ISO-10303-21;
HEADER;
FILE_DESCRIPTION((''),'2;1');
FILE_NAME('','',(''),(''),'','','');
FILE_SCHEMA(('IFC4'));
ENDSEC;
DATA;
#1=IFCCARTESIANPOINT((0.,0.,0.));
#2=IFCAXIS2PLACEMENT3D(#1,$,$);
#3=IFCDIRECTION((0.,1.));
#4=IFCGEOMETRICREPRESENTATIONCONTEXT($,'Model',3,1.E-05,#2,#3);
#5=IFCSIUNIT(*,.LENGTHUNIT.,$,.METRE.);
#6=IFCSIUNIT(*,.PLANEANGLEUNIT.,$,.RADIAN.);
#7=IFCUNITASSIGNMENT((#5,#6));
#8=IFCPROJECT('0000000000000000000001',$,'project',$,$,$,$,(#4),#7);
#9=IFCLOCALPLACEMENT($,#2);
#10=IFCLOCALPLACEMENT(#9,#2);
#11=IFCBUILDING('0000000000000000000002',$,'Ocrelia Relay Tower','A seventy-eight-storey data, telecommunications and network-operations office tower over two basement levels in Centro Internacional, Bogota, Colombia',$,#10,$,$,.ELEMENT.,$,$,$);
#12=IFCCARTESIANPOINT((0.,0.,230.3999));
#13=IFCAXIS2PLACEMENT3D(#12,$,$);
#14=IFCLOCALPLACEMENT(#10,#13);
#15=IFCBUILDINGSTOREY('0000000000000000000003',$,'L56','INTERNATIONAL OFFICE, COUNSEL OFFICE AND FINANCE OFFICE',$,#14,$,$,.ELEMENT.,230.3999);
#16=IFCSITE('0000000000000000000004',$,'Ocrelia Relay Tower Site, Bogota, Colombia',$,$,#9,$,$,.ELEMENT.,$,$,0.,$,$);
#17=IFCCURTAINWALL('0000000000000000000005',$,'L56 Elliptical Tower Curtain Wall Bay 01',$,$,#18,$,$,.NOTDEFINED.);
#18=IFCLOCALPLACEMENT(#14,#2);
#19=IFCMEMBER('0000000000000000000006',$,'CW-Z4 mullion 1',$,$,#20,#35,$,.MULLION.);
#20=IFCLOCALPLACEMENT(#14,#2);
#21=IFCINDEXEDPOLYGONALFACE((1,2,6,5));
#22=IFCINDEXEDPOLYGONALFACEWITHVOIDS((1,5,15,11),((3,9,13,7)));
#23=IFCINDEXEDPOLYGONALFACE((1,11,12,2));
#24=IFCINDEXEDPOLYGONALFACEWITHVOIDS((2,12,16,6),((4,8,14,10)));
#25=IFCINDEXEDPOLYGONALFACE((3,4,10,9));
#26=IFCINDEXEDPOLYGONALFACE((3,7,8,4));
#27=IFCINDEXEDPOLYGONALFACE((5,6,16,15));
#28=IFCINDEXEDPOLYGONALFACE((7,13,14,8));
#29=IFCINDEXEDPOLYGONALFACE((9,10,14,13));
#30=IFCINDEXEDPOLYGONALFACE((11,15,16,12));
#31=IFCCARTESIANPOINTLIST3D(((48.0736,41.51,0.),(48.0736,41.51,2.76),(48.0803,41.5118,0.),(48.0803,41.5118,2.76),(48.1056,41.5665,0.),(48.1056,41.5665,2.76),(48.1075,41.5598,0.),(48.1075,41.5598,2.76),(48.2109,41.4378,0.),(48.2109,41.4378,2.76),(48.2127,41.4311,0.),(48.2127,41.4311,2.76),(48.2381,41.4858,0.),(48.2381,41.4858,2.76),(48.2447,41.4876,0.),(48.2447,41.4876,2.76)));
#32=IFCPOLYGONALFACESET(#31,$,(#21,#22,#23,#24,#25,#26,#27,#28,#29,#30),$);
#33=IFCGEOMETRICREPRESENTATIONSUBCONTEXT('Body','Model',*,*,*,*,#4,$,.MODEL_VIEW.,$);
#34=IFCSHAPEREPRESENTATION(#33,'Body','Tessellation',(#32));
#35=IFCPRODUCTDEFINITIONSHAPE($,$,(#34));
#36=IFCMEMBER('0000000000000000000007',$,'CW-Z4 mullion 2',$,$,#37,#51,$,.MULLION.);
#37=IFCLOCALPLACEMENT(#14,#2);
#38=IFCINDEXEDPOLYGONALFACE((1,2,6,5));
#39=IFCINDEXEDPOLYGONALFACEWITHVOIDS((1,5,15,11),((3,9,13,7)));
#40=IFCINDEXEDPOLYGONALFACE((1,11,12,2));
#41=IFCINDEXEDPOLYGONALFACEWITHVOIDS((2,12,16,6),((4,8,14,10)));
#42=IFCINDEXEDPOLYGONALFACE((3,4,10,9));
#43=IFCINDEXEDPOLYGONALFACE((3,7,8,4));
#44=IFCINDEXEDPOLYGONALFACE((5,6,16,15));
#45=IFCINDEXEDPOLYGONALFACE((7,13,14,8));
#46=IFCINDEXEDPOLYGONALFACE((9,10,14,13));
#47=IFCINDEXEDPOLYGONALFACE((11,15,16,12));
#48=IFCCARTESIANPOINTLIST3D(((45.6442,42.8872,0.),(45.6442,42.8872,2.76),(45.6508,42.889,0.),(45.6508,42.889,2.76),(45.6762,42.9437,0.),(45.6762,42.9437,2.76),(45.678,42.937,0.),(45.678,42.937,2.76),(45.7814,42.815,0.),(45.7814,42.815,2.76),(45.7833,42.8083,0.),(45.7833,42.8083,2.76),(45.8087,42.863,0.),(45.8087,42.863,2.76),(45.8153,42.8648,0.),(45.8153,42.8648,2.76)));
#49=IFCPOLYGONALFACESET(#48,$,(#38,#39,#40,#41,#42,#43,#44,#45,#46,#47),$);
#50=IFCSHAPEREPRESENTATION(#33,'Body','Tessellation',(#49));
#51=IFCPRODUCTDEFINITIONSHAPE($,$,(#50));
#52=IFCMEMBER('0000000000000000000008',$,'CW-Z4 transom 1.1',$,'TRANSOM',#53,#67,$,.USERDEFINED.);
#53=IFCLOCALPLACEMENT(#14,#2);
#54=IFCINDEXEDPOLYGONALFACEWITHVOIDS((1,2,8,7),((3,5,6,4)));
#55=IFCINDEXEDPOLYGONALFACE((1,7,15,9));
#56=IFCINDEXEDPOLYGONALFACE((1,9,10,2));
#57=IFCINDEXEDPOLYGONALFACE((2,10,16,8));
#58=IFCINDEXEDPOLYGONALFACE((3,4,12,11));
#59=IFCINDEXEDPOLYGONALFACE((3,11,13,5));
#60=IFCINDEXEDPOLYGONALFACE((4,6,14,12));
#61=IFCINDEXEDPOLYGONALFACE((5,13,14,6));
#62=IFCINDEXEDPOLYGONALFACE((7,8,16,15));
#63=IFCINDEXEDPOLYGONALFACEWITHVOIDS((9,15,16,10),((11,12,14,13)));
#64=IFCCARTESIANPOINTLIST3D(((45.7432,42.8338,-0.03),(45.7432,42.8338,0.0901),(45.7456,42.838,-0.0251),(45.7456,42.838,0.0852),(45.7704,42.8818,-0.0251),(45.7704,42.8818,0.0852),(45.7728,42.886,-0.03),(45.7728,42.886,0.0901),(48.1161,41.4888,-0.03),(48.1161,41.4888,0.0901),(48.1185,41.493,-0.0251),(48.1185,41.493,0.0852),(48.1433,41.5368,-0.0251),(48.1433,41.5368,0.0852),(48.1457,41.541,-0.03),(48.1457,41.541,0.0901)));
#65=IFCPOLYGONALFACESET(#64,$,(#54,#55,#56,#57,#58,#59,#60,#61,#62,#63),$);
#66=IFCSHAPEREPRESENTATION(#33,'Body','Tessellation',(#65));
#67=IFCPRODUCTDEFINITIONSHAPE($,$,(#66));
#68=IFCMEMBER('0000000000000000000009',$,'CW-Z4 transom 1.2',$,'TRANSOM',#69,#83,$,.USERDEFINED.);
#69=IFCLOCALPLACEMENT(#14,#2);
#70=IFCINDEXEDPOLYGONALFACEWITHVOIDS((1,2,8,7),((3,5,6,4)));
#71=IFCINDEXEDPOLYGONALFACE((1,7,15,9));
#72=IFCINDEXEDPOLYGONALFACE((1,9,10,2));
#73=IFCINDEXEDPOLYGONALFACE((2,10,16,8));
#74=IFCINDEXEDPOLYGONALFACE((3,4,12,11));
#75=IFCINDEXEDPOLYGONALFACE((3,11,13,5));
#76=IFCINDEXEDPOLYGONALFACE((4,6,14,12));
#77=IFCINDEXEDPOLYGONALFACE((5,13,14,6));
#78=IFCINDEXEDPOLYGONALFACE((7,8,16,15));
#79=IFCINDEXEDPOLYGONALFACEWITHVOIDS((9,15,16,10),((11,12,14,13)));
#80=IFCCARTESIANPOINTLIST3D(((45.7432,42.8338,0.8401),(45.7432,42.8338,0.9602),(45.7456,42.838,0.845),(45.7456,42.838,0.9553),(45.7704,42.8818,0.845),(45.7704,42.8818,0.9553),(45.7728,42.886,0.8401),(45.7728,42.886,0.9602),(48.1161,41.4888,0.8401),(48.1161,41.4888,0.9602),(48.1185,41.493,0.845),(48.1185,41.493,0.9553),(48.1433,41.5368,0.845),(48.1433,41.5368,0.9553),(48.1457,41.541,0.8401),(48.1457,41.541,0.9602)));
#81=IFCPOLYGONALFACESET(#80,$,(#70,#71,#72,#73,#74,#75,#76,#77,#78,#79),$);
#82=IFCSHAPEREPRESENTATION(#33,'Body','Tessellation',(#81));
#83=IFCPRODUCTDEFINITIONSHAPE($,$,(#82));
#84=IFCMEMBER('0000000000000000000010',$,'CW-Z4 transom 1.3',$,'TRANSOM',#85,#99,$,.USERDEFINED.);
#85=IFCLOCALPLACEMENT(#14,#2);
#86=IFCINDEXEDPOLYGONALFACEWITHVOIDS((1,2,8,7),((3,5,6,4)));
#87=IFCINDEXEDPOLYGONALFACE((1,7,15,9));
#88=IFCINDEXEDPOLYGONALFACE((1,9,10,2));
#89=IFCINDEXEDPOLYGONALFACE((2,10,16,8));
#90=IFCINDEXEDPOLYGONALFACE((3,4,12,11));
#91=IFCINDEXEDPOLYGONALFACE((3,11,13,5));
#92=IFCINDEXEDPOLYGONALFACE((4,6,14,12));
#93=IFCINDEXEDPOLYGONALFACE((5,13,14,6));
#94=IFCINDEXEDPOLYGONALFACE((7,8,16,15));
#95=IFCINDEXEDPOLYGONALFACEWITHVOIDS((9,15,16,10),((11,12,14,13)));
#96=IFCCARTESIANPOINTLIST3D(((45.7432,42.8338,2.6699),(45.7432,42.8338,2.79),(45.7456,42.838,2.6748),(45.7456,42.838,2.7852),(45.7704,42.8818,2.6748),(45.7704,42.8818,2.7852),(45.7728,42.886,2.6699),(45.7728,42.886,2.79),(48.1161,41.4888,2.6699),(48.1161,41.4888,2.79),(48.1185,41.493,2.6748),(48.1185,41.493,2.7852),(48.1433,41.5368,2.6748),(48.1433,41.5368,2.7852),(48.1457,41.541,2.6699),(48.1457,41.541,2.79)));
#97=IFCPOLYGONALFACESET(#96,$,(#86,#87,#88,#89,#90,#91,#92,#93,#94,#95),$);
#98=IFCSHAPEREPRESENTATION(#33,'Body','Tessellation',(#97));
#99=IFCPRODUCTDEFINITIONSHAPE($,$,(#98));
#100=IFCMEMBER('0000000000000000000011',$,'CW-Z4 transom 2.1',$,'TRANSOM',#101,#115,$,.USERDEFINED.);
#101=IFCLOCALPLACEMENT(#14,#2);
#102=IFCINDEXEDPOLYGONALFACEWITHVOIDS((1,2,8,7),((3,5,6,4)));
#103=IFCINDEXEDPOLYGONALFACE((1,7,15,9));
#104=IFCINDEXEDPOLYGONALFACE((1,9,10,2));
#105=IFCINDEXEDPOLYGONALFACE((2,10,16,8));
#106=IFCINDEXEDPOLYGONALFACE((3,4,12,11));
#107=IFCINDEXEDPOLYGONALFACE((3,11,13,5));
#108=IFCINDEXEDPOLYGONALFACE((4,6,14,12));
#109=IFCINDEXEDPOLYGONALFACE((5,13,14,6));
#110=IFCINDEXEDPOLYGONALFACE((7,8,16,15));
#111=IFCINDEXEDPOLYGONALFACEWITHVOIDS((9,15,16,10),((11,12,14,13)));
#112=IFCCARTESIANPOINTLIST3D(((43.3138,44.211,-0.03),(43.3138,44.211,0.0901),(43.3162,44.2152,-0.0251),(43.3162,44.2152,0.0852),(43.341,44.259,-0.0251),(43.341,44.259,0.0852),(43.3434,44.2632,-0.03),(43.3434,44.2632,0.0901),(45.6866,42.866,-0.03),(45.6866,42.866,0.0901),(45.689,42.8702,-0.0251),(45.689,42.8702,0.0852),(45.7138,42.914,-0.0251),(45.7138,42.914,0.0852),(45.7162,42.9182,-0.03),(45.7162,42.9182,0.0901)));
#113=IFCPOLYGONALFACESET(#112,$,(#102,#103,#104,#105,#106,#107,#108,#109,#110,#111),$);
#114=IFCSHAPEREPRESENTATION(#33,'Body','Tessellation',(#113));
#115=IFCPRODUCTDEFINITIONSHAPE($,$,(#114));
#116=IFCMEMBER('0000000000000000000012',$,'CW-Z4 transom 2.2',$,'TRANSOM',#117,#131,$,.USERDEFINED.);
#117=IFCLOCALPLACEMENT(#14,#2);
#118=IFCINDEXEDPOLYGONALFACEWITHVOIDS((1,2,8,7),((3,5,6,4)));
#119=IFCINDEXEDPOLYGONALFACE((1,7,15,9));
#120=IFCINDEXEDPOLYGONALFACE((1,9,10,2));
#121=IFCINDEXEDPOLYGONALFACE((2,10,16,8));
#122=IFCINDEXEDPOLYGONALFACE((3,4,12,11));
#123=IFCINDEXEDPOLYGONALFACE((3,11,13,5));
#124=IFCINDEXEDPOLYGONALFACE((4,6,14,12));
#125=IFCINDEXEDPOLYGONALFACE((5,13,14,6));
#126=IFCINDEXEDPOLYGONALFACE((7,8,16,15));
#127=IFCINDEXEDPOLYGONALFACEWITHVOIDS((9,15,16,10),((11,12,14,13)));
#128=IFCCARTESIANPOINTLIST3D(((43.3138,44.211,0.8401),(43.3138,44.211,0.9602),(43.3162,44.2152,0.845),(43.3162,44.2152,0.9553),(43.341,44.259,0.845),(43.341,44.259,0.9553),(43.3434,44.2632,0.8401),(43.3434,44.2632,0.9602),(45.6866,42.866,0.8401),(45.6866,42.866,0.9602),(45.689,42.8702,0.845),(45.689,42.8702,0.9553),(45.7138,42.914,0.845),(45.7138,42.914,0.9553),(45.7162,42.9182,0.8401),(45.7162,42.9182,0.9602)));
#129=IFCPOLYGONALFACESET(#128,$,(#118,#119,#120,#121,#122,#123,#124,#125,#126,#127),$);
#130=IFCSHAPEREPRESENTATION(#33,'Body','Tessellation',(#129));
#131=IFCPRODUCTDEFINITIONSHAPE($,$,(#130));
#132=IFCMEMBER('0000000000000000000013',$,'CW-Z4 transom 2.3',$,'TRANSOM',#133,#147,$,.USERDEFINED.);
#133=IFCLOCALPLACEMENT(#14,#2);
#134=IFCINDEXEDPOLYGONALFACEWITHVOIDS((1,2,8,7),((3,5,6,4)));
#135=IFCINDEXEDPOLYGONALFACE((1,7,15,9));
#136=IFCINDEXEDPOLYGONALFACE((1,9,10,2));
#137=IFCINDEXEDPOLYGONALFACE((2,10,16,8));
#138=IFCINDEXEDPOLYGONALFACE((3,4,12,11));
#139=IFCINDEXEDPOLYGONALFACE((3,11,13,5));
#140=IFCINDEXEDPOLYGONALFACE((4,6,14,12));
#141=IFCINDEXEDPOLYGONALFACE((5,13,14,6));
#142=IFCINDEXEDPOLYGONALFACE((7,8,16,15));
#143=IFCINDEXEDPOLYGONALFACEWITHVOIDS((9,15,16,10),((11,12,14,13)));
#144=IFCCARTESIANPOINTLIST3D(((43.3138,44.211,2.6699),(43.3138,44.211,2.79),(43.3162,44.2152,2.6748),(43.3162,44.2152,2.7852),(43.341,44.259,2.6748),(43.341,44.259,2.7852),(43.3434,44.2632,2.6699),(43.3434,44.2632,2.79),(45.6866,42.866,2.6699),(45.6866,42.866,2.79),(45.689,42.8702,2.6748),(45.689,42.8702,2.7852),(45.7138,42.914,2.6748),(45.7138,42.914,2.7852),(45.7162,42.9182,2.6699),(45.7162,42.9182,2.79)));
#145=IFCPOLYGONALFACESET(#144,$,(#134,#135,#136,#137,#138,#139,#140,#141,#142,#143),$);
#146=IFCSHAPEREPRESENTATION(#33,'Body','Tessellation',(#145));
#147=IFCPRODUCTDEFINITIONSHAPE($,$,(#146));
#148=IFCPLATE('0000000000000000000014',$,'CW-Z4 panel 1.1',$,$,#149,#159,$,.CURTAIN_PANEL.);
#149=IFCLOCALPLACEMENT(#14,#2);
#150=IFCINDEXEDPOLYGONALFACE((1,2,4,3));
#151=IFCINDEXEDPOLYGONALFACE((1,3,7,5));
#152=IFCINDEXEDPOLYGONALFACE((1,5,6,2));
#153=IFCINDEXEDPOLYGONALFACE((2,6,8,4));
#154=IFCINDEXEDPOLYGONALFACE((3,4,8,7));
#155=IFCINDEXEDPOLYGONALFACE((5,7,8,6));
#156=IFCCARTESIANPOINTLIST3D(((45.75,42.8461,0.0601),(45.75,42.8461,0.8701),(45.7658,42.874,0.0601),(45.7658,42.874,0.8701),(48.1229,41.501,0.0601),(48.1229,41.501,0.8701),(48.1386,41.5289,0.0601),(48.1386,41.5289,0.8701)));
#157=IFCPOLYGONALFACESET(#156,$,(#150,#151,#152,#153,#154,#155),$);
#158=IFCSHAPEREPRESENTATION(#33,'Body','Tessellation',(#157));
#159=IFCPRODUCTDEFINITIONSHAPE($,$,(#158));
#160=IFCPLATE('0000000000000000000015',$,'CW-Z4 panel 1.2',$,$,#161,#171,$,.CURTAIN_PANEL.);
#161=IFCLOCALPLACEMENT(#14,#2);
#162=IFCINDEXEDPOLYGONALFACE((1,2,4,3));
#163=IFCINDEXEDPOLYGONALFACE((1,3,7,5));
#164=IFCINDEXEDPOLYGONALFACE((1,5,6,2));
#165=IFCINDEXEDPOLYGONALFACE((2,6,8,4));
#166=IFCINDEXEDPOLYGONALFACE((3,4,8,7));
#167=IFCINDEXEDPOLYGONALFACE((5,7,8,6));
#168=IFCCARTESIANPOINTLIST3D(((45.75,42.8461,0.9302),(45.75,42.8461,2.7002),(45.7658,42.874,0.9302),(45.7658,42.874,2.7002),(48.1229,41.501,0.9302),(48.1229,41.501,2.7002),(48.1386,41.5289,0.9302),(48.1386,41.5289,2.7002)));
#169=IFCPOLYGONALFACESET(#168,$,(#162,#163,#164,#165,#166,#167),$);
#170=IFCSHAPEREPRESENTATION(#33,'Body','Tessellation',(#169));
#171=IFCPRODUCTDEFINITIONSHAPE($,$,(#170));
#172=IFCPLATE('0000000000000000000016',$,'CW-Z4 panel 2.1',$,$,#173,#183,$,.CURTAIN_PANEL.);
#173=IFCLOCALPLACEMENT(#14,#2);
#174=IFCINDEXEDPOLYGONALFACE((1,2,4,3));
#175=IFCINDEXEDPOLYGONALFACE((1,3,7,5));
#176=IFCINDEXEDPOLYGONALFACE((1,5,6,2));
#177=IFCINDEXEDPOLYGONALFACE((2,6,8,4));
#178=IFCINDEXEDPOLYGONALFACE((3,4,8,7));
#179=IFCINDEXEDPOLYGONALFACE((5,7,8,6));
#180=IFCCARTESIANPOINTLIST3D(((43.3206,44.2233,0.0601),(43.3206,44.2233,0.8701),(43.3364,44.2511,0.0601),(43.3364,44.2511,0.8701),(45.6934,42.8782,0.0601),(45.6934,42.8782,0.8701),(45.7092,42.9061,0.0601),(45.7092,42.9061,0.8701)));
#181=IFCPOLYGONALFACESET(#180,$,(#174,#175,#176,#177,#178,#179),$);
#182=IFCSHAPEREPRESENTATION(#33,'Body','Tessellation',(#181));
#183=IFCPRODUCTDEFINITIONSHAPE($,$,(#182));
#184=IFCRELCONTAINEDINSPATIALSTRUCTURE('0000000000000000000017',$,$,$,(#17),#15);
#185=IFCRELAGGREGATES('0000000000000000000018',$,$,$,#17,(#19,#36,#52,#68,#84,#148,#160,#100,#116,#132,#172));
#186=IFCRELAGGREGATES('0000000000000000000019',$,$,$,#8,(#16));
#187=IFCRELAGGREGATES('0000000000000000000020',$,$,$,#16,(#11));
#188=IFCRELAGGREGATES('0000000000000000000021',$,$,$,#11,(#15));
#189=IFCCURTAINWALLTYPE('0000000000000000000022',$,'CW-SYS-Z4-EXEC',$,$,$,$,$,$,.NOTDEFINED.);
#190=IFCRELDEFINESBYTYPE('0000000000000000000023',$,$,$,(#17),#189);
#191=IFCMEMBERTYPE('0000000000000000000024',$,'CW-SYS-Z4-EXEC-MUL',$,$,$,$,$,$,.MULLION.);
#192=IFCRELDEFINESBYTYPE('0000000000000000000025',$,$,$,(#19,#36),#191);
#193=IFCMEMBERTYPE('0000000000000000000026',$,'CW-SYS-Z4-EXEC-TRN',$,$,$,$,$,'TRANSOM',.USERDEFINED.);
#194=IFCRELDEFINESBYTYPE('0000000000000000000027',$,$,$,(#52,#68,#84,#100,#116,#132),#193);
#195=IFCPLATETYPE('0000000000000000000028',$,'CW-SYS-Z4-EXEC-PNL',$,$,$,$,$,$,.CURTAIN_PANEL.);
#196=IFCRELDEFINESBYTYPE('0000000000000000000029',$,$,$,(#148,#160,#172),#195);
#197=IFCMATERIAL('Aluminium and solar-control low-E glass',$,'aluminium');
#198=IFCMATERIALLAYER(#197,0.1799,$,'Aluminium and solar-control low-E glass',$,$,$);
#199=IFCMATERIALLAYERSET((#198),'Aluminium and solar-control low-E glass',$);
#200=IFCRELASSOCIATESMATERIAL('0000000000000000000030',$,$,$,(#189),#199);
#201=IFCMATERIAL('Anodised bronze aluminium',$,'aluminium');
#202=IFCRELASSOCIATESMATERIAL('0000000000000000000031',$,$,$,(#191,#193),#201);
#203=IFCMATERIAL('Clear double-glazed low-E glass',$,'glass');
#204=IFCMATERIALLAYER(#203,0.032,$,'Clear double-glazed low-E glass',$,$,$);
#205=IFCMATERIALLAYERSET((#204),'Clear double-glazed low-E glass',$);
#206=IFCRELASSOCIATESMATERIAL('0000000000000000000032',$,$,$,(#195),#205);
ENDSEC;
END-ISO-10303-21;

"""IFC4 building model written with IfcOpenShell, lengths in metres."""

from ifc_helpers import new_model, si_unit, direction, frame, origin, origin_2d, place, context, subcontext, project, spatial, rectangle, hollow_rectangle, extrude, material, layer, layer_set, material_profile, profile_set, type_object, element, aggregate, save


model = new_model("IFC4")

# Units and contexts
model_context = context("Model", 3, precision=1e-05, world=origin(), true_north=direction((0.0, 1.0)))
body_context = subcontext(model_context, "Body", "Model", "MODEL_VIEW")
ifc_project = project(units=[si_unit("LENGTHUNIT", "METRE"), si_unit("PLANEANGLEUNIT", "RADIAN")], contexts=[model_context])

# Site, building, storey
site_placement = place(None, origin())
site = spatial("IfcSite", under=ifc_project, at=site_placement, Name="Ocrelia Relay Tower Site, Bogota, Colombia", CompositionType="ELEMENT", RefElevation=0.0)
building_placement = place(site_placement, origin())
building = spatial("IfcBuilding", under=site, at=building_placement, Name="Ocrelia Relay Tower", Description="A seventy-eight-storey data, telecommunications and network-operations office tower over two basement levels in Centro Internacional, Bogota, Colombia", CompositionType="ELEMENT")
storey_placement = place(building_placement, frame((0.0, 0.0, 230.3999)))
storey = spatial("IfcBuildingStorey", under=building, at=storey_placement, Name="L56", Description="INTERNATIONAL OFFICE, COUNSEL OFFICE AND FINANCE OFFICE", CompositionType="ELEMENT", Elevation=230.3999)

# Curtain wall, members, plates
ifc_material_1 = material(Name="Aluminium and solar-control low-E glass", Category="aluminium")
ifc_layer_1 = layer(ifc_material_1, 0.1799, Name="Aluminium and solar-control low-E glass")
ifc_layer_set_1 = layer_set([ifc_layer_1], Name="Aluminium and solar-control low-E glass")
curtain_wall_type = type_object("IfcCurtainWallType", Name="CW-SYS-Z4-EXEC", PredefinedType="NOTDEFINED", material=ifc_layer_set_1)
curtain_wall_placement = place(storey_placement, origin())
curtain_wall = element("IfcCurtainWall", 1, at=curtain_wall_placement, inside=storey, type_object=curtain_wall_type, Name="L56 Elliptical Tower Curtain Wall Bay 01", PredefinedType="NOTDEFINED")
ifc_material_2 = material(Name="Anodised bronze aluminium", Category="aluminium")
ifc_material_profile_1 = material_profile(ifc_material_2, hollow_rectangle(XDim=0.0649, YDim=0.1599, WallThickness=0.0049, at=origin_2d()), Name="CW-MUL-160x65")
ifc_profile_set_1 = profile_set([ifc_material_profile_1], Name="Anodised bronze aluminium")
member_type_1 = type_object("IfcMemberType", Name="CW-SYS-Z4-EXEC-MUL", PredefinedType="MULLION", material=ifc_profile_set_1)
member_1_placement = place(storey_placement, frame((48.1592, 41.4988, 0.0), z_axis=(0.0, 0.0, 1.0), x_axis=(-0.493147, -0.869946, 0.0)))
member_1 = element("IfcMember", 2, at=member_1_placement, type_object=member_type_1, Name="CW-Z4 mullion 1", PredefinedType="MULLION", context=body_context, shape_type="SweptSolid", body=[
    extrude(hollow_rectangle(XDim=0.0649, YDim=0.1599, WallThickness=0.0049, at=origin_2d()), origin(), (0.0, 0.0, 1.0), 2.76),
])
member_2_placement = place(storey_placement, frame((45.7297, 42.876, 0.0), z_axis=(0.0, 0.0, 1.0), x_axis=(-0.493147, -0.869946, 0.0)))
member_2 = element("IfcMember", 3, at=member_2_placement, type_object=member_type_1, Name="CW-Z4 mullion 2", PredefinedType="MULLION", context=body_context, shape_type="SweptSolid", body=[
    extrude(hollow_rectangle(XDim=0.0649, YDim=0.1599, WallThickness=0.0049, at=origin_2d()), origin(), (0.0, 0.0, 1.0), 2.76),
])
ifc_material_profile_2 = material_profile(ifc_material_2, hollow_rectangle(XDim=0.0601, YDim=0.1201, WallThickness=0.0049, at=origin_2d()), Name="CW-TRN-120x60")
ifc_profile_set_2 = profile_set([ifc_material_profile_2], Name="Anodised bronze aluminium")
member_type_2 = type_object("IfcMemberType", Name="CW-SYS-Z4-EXEC-TRN", ElementType="TRANSOM", PredefinedType="USERDEFINED", material=ifc_profile_set_2)
member_3_placement = place(storey_placement, frame((48.1309, 41.5149, 0.03), z_axis=(-0.869962, 0.493119, 0.0), x_axis=(-0.493119, -0.869962, 0.0)))
member_3 = element("IfcMember", 4, at=member_3_placement, type_object=member_type_2, Name="CW-Z4 transom 1.1", ObjectType="TRANSOM", PredefinedType="USERDEFINED", context=body_context, shape_type="SweptSolid", body=[
    extrude(hollow_rectangle(XDim=0.0601, YDim=0.1201, WallThickness=0.0049, at=origin_2d()), origin(), (0.0, 0.0, 1.0), 2.7275),
])
member_4_placement = place(storey_placement, frame((48.1309, 41.5149, 0.9001), z_axis=(-0.869962, 0.493119, 0.0), x_axis=(-0.493119, -0.869962, 0.0)))
member_4 = element("IfcMember", 5, at=member_4_placement, type_object=member_type_2, Name="CW-Z4 transom 1.2", ObjectType="TRANSOM", PredefinedType="USERDEFINED", context=body_context, shape_type="SweptSolid", body=[
    extrude(hollow_rectangle(XDim=0.0601, YDim=0.1201, WallThickness=0.0049, at=origin_2d()), origin(), (0.0, 0.0, 1.0), 2.7275),
])
member_5_placement = place(storey_placement, frame((48.1309, 41.5149, 2.73), z_axis=(-0.869962, 0.493119, 0.0), x_axis=(-0.493119, -0.869962, 0.0)))
member_5 = element("IfcMember", 6, at=member_5_placement, type_object=member_type_2, Name="CW-Z4 transom 1.3", ObjectType="TRANSOM", PredefinedType="USERDEFINED", context=body_context, shape_type="SweptSolid", body=[
    extrude(hollow_rectangle(XDim=0.0601, YDim=0.1201, WallThickness=0.0049, at=origin_2d()), origin(), (0.0, 0.0, 1.0), 2.7275),
])
member_6_placement = place(storey_placement, frame((45.7014, 42.8921, 0.03), z_axis=(-0.869962, 0.493119, 0.0), x_axis=(-0.493119, -0.869962, 0.0)))
member_6 = element("IfcMember", 7, at=member_6_placement, type_object=member_type_2, Name="CW-Z4 transom 2.1", ObjectType="TRANSOM", PredefinedType="USERDEFINED", context=body_context, shape_type="SweptSolid", body=[
    extrude(hollow_rectangle(XDim=0.0601, YDim=0.1201, WallThickness=0.0049, at=origin_2d()), origin(), (0.0, 0.0, 1.0), 2.7275),
])
member_7_placement = place(storey_placement, frame((45.7014, 42.8921, 0.9001), z_axis=(-0.869962, 0.493119, 0.0), x_axis=(-0.493119, -0.869962, 0.0)))
member_7 = element("IfcMember", 8, at=member_7_placement, type_object=member_type_2, Name="CW-Z4 transom 2.2", ObjectType="TRANSOM", PredefinedType="USERDEFINED", context=body_context, shape_type="SweptSolid", body=[
    extrude(hollow_rectangle(XDim=0.0601, YDim=0.1201, WallThickness=0.0049, at=origin_2d()), origin(), (0.0, 0.0, 1.0), 2.7275),
])
member_8_placement = place(storey_placement, frame((45.7014, 42.8921, 2.73), z_axis=(-0.869962, 0.493119, 0.0), x_axis=(-0.493119, -0.869962, 0.0)))
member_8 = element("IfcMember", 9, at=member_8_placement, type_object=member_type_2, Name="CW-Z4 transom 2.3", ObjectType="TRANSOM", PredefinedType="USERDEFINED", context=body_context, shape_type="SweptSolid", body=[
    extrude(hollow_rectangle(XDim=0.0601, YDim=0.1201, WallThickness=0.0049, at=origin_2d()), origin(), (0.0, 0.0, 1.0), 2.7275),
])
ifc_material_3 = material(Name="Clear double-glazed low-E glass", Category="glass")
ifc_layer_2 = layer(ifc_material_3, 0.032, Name="Clear double-glazed low-E glass")
ifc_layer_set_2 = layer_set([ifc_layer_2], Name="Clear double-glazed low-E glass")
plate_type = type_object("IfcPlateType", Name="CW-SYS-Z4-EXEC-PNL", PredefinedType="CURTAIN_PANEL", material=ifc_layer_set_2)
plate_1_placement = place(storey_placement, frame((46.9443, 42.1875, 0.0601), z_axis=(0.0, 0.0, 1.0), x_axis=(-0.869946, 0.493147, 0.0)))
plate_1 = element("IfcPlate", 10, at=plate_1_placement, type_object=plate_type, Name="CW-Z4 panel 1.1", PredefinedType="CURTAIN_PANEL", context=body_context, shape_type="SweptSolid", body=[
    extrude(rectangle(XDim=2.7275, YDim=0.032, at=origin_2d()), origin(), (0.0, 0.0, 1.0), 0.8101),
])
plate_2_placement = place(storey_placement, frame((46.9443, 42.1875, 0.9302), z_axis=(0.0, 0.0, 1.0), x_axis=(-0.869946, 0.493147, 0.0)))
plate_2 = element("IfcPlate", 11, at=plate_2_placement, type_object=plate_type, Name="CW-Z4 panel 1.2", PredefinedType="CURTAIN_PANEL", context=body_context, shape_type="SweptSolid", body=[
    extrude(rectangle(XDim=2.7275, YDim=0.032, at=origin_2d()), origin(), (0.0, 0.0, 1.0), 1.77),
])
plate_3_placement = place(storey_placement, frame((44.5149, 43.5647, 0.0601), z_axis=(0.0, 0.0, 1.0), x_axis=(-0.869946, 0.493147, 0.0)))
plate_3 = element("IfcPlate", 12, at=plate_3_placement, type_object=plate_type, Name="CW-Z4 panel 2.1", PredefinedType="CURTAIN_PANEL", context=body_context, shape_type="SweptSolid", body=[
    extrude(rectangle(XDim=2.7275, YDim=0.032, at=origin_2d()), origin(), (0.0, 0.0, 1.0), 0.8101),
])
aggregate(curtain_wall, [member_1, member_2, member_3, member_4, member_5, plate_1, plate_2, member_6, member_7, member_8, plate_3])

save(model, "model.ifc")
